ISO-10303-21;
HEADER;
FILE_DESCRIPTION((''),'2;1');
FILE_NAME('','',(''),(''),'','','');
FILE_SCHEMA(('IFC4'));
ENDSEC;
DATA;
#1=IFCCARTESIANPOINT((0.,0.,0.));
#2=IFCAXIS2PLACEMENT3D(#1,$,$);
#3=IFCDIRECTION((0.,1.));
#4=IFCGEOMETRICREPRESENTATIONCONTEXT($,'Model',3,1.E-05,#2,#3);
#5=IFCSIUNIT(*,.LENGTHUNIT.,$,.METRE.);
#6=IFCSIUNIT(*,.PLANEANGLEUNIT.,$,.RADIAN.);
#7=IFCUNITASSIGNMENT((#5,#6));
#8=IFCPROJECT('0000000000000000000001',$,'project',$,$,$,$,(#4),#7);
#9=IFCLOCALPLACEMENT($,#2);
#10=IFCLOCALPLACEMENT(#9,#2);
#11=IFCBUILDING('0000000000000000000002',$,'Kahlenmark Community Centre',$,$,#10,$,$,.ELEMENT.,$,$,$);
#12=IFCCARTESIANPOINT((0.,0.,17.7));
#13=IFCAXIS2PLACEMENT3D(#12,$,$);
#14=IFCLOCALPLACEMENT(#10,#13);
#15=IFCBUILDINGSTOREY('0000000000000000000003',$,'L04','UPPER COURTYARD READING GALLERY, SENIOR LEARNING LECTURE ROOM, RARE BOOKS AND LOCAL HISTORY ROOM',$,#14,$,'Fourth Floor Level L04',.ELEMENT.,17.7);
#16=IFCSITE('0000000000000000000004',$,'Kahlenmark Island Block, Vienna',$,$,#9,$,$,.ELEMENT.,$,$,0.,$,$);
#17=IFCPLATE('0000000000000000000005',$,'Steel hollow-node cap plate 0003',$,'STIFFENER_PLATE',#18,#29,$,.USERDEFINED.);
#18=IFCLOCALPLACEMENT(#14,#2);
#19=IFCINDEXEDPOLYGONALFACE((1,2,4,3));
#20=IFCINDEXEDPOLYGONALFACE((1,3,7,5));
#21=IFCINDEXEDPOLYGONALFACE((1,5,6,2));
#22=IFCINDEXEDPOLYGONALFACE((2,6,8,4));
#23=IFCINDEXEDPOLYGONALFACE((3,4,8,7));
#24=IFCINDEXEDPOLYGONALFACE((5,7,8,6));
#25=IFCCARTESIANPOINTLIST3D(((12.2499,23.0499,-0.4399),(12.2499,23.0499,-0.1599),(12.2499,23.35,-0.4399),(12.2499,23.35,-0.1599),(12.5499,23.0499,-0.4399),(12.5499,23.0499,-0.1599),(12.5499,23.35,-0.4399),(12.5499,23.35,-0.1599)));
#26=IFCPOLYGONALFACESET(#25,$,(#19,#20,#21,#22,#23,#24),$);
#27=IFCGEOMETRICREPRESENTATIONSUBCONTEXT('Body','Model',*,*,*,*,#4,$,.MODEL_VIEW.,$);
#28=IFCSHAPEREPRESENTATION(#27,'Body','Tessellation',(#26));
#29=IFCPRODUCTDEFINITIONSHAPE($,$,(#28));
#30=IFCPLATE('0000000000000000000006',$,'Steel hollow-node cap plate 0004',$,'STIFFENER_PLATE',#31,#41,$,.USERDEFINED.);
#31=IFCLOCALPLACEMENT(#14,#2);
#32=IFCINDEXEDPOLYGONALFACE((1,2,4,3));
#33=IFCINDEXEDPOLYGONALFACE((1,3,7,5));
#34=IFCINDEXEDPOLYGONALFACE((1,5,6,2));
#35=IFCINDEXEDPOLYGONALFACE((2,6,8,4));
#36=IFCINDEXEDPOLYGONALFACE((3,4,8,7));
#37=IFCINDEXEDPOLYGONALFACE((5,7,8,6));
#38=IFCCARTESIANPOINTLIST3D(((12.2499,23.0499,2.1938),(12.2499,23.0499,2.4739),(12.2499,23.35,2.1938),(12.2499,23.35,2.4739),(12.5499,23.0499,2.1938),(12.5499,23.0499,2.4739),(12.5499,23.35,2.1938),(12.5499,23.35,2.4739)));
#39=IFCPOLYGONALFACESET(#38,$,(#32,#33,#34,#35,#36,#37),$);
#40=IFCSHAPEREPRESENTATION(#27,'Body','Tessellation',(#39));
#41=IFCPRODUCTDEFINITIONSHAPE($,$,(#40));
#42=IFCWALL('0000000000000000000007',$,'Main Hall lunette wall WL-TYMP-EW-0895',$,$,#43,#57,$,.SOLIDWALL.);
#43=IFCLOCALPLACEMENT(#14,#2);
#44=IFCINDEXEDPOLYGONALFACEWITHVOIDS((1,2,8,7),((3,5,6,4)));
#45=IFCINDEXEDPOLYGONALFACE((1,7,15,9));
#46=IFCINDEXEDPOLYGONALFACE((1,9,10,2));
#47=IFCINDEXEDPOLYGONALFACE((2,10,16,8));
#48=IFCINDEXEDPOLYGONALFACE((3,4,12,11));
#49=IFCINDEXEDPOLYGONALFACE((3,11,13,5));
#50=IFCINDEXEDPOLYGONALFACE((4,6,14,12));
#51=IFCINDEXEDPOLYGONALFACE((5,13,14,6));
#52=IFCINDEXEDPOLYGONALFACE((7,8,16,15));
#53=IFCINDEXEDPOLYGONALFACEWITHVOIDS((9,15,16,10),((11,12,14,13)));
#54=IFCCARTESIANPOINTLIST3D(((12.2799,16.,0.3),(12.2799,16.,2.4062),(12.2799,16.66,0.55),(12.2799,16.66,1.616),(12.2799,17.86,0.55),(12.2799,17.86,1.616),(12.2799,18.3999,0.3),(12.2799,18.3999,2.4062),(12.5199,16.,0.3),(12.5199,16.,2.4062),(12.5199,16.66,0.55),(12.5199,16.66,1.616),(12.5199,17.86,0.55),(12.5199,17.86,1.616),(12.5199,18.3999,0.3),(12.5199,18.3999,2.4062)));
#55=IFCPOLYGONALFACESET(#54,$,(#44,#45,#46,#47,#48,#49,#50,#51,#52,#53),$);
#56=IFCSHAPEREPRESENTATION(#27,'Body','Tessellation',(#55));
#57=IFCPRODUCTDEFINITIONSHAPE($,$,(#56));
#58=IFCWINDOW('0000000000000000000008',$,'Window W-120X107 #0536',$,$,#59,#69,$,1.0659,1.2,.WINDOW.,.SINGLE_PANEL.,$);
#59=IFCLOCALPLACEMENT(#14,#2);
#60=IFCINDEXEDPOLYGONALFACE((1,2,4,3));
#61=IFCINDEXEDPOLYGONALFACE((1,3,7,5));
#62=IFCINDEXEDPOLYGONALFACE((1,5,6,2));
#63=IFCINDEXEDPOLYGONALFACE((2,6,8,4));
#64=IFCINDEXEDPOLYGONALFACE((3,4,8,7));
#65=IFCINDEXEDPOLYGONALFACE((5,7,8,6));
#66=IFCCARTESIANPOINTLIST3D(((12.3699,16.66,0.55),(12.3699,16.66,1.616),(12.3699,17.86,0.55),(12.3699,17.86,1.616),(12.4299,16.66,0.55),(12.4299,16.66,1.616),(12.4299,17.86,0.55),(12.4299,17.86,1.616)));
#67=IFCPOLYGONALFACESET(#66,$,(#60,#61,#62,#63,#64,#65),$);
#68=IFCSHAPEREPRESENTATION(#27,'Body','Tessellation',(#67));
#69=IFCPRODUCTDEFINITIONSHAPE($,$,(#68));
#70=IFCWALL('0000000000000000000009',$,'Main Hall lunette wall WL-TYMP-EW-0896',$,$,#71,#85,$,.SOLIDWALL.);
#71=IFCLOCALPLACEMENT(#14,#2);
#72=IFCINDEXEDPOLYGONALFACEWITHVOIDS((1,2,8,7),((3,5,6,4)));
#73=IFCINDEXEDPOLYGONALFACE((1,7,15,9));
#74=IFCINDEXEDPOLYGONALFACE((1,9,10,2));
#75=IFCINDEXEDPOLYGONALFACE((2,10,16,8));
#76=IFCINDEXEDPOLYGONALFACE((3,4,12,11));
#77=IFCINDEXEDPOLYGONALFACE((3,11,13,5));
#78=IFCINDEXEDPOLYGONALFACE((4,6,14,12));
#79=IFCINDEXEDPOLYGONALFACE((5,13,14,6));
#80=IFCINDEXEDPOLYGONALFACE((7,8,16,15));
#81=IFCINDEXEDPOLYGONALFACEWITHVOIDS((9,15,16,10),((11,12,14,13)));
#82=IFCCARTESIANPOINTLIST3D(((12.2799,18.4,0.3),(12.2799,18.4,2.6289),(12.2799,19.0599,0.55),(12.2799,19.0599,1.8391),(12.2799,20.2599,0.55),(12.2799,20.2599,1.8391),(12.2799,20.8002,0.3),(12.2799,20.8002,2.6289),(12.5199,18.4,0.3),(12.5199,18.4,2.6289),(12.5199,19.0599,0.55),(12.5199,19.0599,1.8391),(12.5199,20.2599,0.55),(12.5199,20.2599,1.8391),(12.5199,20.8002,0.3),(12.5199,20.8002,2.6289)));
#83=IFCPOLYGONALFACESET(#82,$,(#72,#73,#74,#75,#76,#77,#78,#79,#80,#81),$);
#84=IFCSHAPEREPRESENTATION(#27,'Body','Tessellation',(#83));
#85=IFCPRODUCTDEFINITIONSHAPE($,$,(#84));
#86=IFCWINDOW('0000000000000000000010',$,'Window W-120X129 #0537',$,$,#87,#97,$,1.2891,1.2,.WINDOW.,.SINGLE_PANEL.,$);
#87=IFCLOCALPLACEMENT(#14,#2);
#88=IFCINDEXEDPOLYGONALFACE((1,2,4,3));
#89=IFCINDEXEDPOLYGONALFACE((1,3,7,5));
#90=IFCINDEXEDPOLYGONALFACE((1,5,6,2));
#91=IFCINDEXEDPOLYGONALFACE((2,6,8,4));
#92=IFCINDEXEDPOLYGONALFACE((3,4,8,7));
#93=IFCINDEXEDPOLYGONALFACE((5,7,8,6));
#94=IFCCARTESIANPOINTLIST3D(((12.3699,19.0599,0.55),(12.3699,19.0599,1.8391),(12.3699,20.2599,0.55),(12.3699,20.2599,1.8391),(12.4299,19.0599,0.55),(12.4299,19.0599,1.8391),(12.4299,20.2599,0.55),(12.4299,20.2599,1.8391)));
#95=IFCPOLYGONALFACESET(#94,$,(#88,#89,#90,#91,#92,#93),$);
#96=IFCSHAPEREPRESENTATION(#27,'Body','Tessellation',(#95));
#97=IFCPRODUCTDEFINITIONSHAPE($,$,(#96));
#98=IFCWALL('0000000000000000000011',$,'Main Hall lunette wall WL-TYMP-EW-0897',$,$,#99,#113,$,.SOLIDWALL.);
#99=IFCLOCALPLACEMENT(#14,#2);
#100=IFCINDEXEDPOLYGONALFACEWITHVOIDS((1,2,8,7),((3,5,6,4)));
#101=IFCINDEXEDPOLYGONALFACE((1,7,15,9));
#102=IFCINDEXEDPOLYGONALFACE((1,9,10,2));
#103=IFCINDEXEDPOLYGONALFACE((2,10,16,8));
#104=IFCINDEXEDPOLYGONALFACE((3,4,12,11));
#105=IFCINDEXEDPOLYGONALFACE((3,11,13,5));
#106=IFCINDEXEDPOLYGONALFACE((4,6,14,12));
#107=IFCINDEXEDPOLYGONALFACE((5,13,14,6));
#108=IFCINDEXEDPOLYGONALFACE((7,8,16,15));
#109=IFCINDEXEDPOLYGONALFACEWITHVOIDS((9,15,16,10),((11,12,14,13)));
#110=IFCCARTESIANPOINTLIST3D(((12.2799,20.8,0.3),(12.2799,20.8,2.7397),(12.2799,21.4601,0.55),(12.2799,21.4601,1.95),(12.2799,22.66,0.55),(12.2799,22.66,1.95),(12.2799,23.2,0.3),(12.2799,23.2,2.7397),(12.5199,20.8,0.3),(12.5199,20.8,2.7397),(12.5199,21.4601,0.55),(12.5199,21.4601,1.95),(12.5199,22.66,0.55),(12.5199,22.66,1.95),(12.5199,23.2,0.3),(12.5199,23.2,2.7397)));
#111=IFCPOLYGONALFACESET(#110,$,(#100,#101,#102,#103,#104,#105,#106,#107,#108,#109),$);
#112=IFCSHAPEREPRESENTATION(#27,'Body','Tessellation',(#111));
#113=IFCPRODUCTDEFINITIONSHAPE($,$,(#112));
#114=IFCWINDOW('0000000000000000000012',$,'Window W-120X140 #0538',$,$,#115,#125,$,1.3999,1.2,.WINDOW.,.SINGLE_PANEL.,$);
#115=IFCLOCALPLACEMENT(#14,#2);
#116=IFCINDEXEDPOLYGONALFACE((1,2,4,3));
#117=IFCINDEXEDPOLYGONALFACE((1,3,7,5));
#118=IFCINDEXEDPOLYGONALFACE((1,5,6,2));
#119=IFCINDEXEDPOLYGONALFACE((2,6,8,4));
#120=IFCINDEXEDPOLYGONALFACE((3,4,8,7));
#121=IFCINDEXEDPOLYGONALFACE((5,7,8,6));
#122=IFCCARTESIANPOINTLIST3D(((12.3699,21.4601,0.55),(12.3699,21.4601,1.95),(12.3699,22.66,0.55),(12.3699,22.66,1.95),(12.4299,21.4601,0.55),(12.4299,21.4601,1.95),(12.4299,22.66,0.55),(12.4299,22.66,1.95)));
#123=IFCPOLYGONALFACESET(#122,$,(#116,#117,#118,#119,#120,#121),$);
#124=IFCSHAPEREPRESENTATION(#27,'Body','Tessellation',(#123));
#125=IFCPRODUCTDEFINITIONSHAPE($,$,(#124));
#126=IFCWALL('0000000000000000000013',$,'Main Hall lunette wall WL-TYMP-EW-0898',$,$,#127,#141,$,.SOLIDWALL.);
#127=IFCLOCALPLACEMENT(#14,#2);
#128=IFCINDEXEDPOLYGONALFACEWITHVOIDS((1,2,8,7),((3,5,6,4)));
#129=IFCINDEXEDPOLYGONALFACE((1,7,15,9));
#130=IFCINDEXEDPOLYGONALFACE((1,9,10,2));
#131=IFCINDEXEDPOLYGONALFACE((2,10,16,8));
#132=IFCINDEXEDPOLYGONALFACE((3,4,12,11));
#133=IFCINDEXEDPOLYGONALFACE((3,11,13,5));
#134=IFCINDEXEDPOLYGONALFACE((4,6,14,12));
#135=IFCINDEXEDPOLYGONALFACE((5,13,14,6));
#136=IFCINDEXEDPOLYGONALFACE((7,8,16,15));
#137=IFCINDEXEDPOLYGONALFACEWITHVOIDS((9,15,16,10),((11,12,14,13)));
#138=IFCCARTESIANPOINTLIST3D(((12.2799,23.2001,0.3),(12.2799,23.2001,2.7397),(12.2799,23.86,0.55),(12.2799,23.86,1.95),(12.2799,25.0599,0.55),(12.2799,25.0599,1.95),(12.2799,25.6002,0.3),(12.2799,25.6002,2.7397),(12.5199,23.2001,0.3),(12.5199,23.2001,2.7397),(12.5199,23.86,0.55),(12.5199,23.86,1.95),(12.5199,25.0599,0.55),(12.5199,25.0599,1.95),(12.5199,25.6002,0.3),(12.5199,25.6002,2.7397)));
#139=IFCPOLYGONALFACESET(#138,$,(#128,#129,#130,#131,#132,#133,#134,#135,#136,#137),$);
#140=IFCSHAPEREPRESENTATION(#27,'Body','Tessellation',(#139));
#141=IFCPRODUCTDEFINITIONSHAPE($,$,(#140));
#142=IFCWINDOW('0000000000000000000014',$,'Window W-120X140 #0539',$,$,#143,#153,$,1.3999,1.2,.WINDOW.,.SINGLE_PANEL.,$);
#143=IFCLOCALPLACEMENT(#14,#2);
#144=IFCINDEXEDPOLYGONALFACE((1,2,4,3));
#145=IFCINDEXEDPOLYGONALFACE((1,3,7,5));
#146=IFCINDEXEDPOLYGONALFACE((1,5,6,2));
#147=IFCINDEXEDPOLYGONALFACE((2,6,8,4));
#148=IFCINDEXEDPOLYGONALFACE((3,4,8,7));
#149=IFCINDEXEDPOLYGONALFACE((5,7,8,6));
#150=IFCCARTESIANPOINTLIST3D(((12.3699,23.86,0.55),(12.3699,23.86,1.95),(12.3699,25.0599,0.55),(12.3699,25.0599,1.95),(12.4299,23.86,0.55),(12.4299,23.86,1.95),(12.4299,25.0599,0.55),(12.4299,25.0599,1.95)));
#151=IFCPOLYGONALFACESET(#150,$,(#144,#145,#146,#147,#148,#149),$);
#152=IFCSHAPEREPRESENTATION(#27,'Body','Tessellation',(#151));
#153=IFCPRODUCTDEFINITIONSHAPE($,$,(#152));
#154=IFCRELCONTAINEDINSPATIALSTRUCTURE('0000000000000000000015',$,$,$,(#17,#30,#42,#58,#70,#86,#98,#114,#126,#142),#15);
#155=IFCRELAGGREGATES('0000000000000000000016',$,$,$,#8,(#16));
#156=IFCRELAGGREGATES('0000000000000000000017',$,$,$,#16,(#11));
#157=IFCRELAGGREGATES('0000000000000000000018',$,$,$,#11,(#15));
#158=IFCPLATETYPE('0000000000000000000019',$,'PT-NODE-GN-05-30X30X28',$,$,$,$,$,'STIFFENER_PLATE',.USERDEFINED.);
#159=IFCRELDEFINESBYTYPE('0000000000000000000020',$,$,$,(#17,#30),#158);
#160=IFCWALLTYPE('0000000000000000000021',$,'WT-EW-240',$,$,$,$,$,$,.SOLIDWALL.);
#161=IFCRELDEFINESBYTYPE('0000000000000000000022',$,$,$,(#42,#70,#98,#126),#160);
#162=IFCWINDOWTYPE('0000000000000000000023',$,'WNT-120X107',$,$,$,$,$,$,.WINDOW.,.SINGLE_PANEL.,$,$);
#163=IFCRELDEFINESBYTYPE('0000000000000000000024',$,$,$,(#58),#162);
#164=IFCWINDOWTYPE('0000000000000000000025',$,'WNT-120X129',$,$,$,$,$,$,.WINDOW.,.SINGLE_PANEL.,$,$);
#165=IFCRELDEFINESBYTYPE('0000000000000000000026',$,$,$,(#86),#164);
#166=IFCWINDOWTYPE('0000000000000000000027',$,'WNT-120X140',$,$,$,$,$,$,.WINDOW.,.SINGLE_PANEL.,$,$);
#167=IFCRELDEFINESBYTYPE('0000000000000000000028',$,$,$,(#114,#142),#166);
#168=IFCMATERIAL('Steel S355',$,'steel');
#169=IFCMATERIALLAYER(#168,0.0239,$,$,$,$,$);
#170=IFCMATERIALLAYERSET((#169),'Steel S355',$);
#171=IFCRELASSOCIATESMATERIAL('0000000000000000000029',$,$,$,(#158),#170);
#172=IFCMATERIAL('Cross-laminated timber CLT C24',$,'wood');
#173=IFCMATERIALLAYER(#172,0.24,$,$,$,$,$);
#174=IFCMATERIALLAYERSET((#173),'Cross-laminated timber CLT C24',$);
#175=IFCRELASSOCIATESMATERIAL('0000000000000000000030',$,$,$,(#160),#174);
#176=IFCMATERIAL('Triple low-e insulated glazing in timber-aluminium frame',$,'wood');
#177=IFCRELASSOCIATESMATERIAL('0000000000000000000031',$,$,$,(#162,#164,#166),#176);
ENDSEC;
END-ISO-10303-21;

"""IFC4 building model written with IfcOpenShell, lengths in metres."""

from ifc_helpers import new_model, si_unit, direction, frame, frame_2d, origin, origin_2d, place, context, subcontext, project, spatial, rectangle, extrude, material, layer, layer_set, type_object, element, fill, save


model = new_model("IFC4")

# Units and contexts
model_context = context("Model", 3, precision=1e-05, world=origin(), true_north=direction((0.0, 1.0)))
body_context = subcontext(model_context, "Body", "Model", "MODEL_VIEW")
ifc_project = project(units=[si_unit("LENGTHUNIT", "METRE"), si_unit("PLANEANGLEUNIT", "RADIAN")], contexts=[model_context])

# Site, building, storey
site_placement = place(None, origin())
site = spatial("IfcSite", under=ifc_project, at=site_placement, Name="Kahlenmark Island Block, Vienna", CompositionType="ELEMENT", RefElevation=0.0)
building_placement = place(site_placement, origin())
building = spatial("IfcBuilding", under=site, at=building_placement, Name="Kahlenmark Community Centre", CompositionType="ELEMENT")
storey_placement = place(building_placement, frame((0.0, 0.0, 17.7)))
storey = spatial("IfcBuildingStorey", under=building, at=storey_placement, Name="L04", Description="UPPER COURTYARD READING GALLERY, SENIOR LEARNING LECTURE ROOM, RARE BOOKS AND LOCAL HISTORY ROOM", LongName="Fourth Floor Level L04", CompositionType="ELEMENT", Elevation=17.7)

# Shared definitions
ifc_material_1 = material(Name="Steel S355", Category="steel")

# Plates
ifc_layer_1 = layer(ifc_material_1, 0.0239)
ifc_layer_set_1 = layer_set([ifc_layer_1], Name="Steel S355")
plate_type = type_object("IfcPlateType", Name="PT-NODE-GN-05-30X30X28", ElementType="STIFFENER_PLATE", PredefinedType="USERDEFINED", material=ifc_layer_set_1)
for number, where, z_axis, x_axis, name in (
    (1, (12.3999, 23.2, -0.4399), (0.0, 0.0, 1.0), (1.0, 0.0, 0.0), "Steel hollow-node cap plate 0003"),
    (2, (12.3999, 23.2, 2.1938), (0.0, 0.0, 1.0), (1.0, 0.0, 0.0), "Steel hollow-node cap plate 0004"),
):
    element("IfcPlate", number, at=place(storey_placement, frame(where, z_axis=z_axis, x_axis=x_axis)), inside=storey, type_object=plate_type, Name=name, ObjectType="STIFFENER_PLATE", PredefinedType="USERDEFINED", context=body_context, shape_type="SweptSolid", body=[
        extrude(rectangle(XDim=0.3, YDim=0.3, at=origin_2d()), origin(), (0.0, 0.0, 1.0), 0.28),
    ])

# Walls, openings, windows
ifc_material_2 = material(Name="Cross-laminated timber CLT C24", Category="wood")
ifc_layer_2 = layer(ifc_material_2, 0.24)
ifc_layer_set_2 = layer_set([ifc_layer_2], Name="Cross-laminated timber CLT C24")
wall_type = type_object("IfcWallType", Name="WT-EW-240", PredefinedType="SOLIDWALL", material=ifc_layer_set_2)
wall_1_placement = place(storey_placement, frame((12.3999, 16.0, 0.3), z_axis=(0.0, 0.0, 1.0), x_axis=(0.0, 1.0, 0.0)))
wall_1 = element("IfcWall", 3, at=wall_1_placement, inside=storey, type_object=wall_type, Name="Main Hall lunette wall WL-TYMP-EW-0895", PredefinedType="SOLIDWALL", context=body_context, shape_type="SweptSolid", body=[
    extrude(rectangle(XDim=2.3999, YDim=0.24, at=frame_2d((1.2, 0.0))), origin(), (0.0, 0.0, 1.0), 2.1062),
])
opening_1_placement = place(wall_1_placement, frame((0.6599, 0.0, 0.25)))
opening_1 = element("IfcOpeningElement", 4, at=opening_1_placement, cuts=wall_1, PredefinedType="OPENING", context=body_context, shape_type="SweptSolid", body=[
    extrude(rectangle(XDim=1.2, YDim=1.0659, at=frame_2d((0.6001, 0.533))), frame((0.0, 0.1299, 0.0), z_axis=(0.0, -1.0, 0.0), x_axis=(1.0, 0.0, 0.0)), (0.0, 0.0, 1.0), 0.26),
])
ifc_material_3 = material(Name="Triple low-e insulated glazing in timber-aluminium frame", Category="wood")
window_type_1 = type_object("IfcWindowType", Name="WNT-120X107", PartitioningType="SINGLE_PANEL", PredefinedType="WINDOW", material=ifc_material_3)
window_1_placement = place(opening_1_placement, origin())
window_1 = element("IfcWindow", 5, at=window_1_placement, inside=storey, type_object=window_type_1, Name="Window W-120X107 #0536", OverallHeight=1.0659, OverallWidth=1.2, PartitioningType="SINGLE_PANEL", PredefinedType="WINDOW", context=body_context, shape_type="SweptSolid", body=[
    extrude(rectangle(XDim=1.2, YDim=1.0659, at=frame_2d((0.6001, 0.533))), frame((0.0, 0.03, 0.0), z_axis=(0.0, -1.0, 0.0), x_axis=(1.0, 0.0, 0.0)), (0.0, 0.0, 1.0), 0.0601),
])
fill(opening_1, window_1)
wall_2_placement = place(storey_placement, frame((12.3999, 18.3999, 0.3), z_axis=(0.0, 0.0, 1.0), x_axis=(0.0, 1.0, 0.0)))
wall_2 = element("IfcWall", 6, at=wall_2_placement, inside=storey, type_object=wall_type, Name="Main Hall lunette wall WL-TYMP-EW-0896", PredefinedType="SOLIDWALL", context=body_context, shape_type="SweptSolid", body=[
    extrude(rectangle(XDim=2.4001, YDim=0.24, at=frame_2d((1.2002, 0.0))), origin(), (0.0, 0.0, 1.0), 2.3289),
])
opening_2_placement = place(wall_2_placement, frame((0.6599, 0.0, 0.25)))
opening_2 = element("IfcOpeningElement", 7, at=opening_2_placement, cuts=wall_2, PredefinedType="OPENING", context=body_context, shape_type="SweptSolid", body=[
    extrude(rectangle(XDim=1.2, YDim=1.2891, at=frame_2d((0.6001, 0.6445))), frame((0.0, 0.1299, 0.0), z_axis=(0.0, -1.0, 0.0), x_axis=(1.0, 0.0, 0.0)), (0.0, 0.0, 1.0), 0.26),
])
window_type_2 = type_object("IfcWindowType", Name="WNT-120X129", PartitioningType="SINGLE_PANEL", PredefinedType="WINDOW", material=ifc_material_3)
window_2_placement = place(opening_2_placement, origin())
window_2 = element("IfcWindow", 8, at=window_2_placement, inside=storey, type_object=window_type_2, Name="Window W-120X129 #0537", OverallHeight=1.2891, OverallWidth=1.2, PartitioningType="SINGLE_PANEL", PredefinedType="WINDOW", context=body_context, shape_type="SweptSolid", body=[
    extrude(rectangle(XDim=1.2, YDim=1.2891, at=frame_2d((0.6001, 0.6445))), frame((0.0, 0.03, 0.0), z_axis=(0.0, -1.0, 0.0), x_axis=(1.0, 0.0, 0.0)), (0.0, 0.0, 1.0), 0.0601),
])
fill(opening_2, window_2)
wall_3_placement = place(storey_placement, frame((12.3999, 20.8, 0.3), z_axis=(0.0, 0.0, 1.0), x_axis=(0.0, 1.0, 0.0)))
wall_3 = element("IfcWall", 9, at=wall_3_placement, inside=storey, type_object=wall_type, Name="Main Hall lunette wall WL-TYMP-EW-0897", PredefinedType="SOLIDWALL", context=body_context, shape_type="SweptSolid", body=[
    extrude(rectangle(XDim=2.3999, YDim=0.24, at=frame_2d((1.2, 0.0))), origin(), (0.0, 0.0, 1.0), 2.4397),
])
opening_3_placement = place(wall_3_placement, frame((0.6599, 0.0, 0.25)))
opening_3 = element("IfcOpeningElement", 10, at=opening_3_placement, cuts=wall_3, PredefinedType="OPENING", context=body_context, shape_type="SweptSolid", body=[
    extrude(rectangle(XDim=1.2, YDim=1.3999, at=frame_2d((0.6001, 0.7))), frame((0.0, 0.1299, 0.0), z_axis=(0.0, -1.0, 0.0), x_axis=(1.0, 0.0, 0.0)), (0.0, 0.0, 1.0), 0.26),
])
window_type_3 = type_object("IfcWindowType", Name="WNT-120X140", PartitioningType="SINGLE_PANEL", PredefinedType="WINDOW", material=ifc_material_3)
window_3_placement = place(opening_3_placement, origin())
window_3 = element("IfcWindow", 11, at=window_3_placement, inside=storey, type_object=window_type_3, Name="Window W-120X140 #0538", OverallHeight=1.3999, OverallWidth=1.2, PartitioningType="SINGLE_PANEL", PredefinedType="WINDOW", context=body_context, shape_type="SweptSolid", body=[
    extrude(rectangle(XDim=1.2, YDim=1.3999, at=frame_2d((0.6001, 0.7))), frame((0.0, 0.03, 0.0), z_axis=(0.0, -1.0, 0.0), x_axis=(1.0, 0.0, 0.0)), (0.0, 0.0, 1.0), 0.0601),
])
fill(opening_3, window_3)
wall_4_placement = place(storey_placement, frame((12.3999, 23.2, 0.3), z_axis=(0.0, 0.0, 1.0), x_axis=(0.0, 1.0, 0.0)))
wall_4 = element("IfcWall", 12, at=wall_4_placement, inside=storey, type_object=wall_type, Name="Main Hall lunette wall WL-TYMP-EW-0898", PredefinedType="SOLIDWALL", context=body_context, shape_type="SweptSolid", body=[
    extrude(rectangle(XDim=2.4001, YDim=0.24, at=frame_2d((1.2002, 0.0))), origin(), (0.0, 0.0, 1.0), 2.4397),
])
opening_4_placement = place(wall_4_placement, frame((0.6599, 0.0, 0.25)))
opening_4 = element("IfcOpeningElement", 13, at=opening_4_placement, cuts=wall_4, PredefinedType="OPENING", context=body_context, shape_type="SweptSolid", body=[
    extrude(rectangle(XDim=1.2, YDim=1.3999, at=frame_2d((0.6001, 0.7))), frame((0.0, 0.1299, 0.0), z_axis=(0.0, -1.0, 0.0), x_axis=(1.0, 0.0, 0.0)), (0.0, 0.0, 1.0), 0.26),
])
window_4_placement = place(opening_4_placement, origin())
window_4 = element("IfcWindow", 14, at=window_4_placement, inside=storey, type_object=window_type_3, Name="Window W-120X140 #0539", OverallHeight=1.3999, OverallWidth=1.2, PartitioningType="SINGLE_PANEL", PredefinedType="WINDOW", context=body_context, shape_type="SweptSolid", body=[
    extrude(rectangle(XDim=1.2, YDim=1.3999, at=frame_2d((0.6001, 0.7))), frame((0.0, 0.03, 0.0), z_axis=(0.0, -1.0, 0.0), x_axis=(1.0, 0.0, 0.0)), (0.0, 0.0, 1.0), 0.0601),
])
fill(opening_4, window_4)

save(model, "model.ifc")
